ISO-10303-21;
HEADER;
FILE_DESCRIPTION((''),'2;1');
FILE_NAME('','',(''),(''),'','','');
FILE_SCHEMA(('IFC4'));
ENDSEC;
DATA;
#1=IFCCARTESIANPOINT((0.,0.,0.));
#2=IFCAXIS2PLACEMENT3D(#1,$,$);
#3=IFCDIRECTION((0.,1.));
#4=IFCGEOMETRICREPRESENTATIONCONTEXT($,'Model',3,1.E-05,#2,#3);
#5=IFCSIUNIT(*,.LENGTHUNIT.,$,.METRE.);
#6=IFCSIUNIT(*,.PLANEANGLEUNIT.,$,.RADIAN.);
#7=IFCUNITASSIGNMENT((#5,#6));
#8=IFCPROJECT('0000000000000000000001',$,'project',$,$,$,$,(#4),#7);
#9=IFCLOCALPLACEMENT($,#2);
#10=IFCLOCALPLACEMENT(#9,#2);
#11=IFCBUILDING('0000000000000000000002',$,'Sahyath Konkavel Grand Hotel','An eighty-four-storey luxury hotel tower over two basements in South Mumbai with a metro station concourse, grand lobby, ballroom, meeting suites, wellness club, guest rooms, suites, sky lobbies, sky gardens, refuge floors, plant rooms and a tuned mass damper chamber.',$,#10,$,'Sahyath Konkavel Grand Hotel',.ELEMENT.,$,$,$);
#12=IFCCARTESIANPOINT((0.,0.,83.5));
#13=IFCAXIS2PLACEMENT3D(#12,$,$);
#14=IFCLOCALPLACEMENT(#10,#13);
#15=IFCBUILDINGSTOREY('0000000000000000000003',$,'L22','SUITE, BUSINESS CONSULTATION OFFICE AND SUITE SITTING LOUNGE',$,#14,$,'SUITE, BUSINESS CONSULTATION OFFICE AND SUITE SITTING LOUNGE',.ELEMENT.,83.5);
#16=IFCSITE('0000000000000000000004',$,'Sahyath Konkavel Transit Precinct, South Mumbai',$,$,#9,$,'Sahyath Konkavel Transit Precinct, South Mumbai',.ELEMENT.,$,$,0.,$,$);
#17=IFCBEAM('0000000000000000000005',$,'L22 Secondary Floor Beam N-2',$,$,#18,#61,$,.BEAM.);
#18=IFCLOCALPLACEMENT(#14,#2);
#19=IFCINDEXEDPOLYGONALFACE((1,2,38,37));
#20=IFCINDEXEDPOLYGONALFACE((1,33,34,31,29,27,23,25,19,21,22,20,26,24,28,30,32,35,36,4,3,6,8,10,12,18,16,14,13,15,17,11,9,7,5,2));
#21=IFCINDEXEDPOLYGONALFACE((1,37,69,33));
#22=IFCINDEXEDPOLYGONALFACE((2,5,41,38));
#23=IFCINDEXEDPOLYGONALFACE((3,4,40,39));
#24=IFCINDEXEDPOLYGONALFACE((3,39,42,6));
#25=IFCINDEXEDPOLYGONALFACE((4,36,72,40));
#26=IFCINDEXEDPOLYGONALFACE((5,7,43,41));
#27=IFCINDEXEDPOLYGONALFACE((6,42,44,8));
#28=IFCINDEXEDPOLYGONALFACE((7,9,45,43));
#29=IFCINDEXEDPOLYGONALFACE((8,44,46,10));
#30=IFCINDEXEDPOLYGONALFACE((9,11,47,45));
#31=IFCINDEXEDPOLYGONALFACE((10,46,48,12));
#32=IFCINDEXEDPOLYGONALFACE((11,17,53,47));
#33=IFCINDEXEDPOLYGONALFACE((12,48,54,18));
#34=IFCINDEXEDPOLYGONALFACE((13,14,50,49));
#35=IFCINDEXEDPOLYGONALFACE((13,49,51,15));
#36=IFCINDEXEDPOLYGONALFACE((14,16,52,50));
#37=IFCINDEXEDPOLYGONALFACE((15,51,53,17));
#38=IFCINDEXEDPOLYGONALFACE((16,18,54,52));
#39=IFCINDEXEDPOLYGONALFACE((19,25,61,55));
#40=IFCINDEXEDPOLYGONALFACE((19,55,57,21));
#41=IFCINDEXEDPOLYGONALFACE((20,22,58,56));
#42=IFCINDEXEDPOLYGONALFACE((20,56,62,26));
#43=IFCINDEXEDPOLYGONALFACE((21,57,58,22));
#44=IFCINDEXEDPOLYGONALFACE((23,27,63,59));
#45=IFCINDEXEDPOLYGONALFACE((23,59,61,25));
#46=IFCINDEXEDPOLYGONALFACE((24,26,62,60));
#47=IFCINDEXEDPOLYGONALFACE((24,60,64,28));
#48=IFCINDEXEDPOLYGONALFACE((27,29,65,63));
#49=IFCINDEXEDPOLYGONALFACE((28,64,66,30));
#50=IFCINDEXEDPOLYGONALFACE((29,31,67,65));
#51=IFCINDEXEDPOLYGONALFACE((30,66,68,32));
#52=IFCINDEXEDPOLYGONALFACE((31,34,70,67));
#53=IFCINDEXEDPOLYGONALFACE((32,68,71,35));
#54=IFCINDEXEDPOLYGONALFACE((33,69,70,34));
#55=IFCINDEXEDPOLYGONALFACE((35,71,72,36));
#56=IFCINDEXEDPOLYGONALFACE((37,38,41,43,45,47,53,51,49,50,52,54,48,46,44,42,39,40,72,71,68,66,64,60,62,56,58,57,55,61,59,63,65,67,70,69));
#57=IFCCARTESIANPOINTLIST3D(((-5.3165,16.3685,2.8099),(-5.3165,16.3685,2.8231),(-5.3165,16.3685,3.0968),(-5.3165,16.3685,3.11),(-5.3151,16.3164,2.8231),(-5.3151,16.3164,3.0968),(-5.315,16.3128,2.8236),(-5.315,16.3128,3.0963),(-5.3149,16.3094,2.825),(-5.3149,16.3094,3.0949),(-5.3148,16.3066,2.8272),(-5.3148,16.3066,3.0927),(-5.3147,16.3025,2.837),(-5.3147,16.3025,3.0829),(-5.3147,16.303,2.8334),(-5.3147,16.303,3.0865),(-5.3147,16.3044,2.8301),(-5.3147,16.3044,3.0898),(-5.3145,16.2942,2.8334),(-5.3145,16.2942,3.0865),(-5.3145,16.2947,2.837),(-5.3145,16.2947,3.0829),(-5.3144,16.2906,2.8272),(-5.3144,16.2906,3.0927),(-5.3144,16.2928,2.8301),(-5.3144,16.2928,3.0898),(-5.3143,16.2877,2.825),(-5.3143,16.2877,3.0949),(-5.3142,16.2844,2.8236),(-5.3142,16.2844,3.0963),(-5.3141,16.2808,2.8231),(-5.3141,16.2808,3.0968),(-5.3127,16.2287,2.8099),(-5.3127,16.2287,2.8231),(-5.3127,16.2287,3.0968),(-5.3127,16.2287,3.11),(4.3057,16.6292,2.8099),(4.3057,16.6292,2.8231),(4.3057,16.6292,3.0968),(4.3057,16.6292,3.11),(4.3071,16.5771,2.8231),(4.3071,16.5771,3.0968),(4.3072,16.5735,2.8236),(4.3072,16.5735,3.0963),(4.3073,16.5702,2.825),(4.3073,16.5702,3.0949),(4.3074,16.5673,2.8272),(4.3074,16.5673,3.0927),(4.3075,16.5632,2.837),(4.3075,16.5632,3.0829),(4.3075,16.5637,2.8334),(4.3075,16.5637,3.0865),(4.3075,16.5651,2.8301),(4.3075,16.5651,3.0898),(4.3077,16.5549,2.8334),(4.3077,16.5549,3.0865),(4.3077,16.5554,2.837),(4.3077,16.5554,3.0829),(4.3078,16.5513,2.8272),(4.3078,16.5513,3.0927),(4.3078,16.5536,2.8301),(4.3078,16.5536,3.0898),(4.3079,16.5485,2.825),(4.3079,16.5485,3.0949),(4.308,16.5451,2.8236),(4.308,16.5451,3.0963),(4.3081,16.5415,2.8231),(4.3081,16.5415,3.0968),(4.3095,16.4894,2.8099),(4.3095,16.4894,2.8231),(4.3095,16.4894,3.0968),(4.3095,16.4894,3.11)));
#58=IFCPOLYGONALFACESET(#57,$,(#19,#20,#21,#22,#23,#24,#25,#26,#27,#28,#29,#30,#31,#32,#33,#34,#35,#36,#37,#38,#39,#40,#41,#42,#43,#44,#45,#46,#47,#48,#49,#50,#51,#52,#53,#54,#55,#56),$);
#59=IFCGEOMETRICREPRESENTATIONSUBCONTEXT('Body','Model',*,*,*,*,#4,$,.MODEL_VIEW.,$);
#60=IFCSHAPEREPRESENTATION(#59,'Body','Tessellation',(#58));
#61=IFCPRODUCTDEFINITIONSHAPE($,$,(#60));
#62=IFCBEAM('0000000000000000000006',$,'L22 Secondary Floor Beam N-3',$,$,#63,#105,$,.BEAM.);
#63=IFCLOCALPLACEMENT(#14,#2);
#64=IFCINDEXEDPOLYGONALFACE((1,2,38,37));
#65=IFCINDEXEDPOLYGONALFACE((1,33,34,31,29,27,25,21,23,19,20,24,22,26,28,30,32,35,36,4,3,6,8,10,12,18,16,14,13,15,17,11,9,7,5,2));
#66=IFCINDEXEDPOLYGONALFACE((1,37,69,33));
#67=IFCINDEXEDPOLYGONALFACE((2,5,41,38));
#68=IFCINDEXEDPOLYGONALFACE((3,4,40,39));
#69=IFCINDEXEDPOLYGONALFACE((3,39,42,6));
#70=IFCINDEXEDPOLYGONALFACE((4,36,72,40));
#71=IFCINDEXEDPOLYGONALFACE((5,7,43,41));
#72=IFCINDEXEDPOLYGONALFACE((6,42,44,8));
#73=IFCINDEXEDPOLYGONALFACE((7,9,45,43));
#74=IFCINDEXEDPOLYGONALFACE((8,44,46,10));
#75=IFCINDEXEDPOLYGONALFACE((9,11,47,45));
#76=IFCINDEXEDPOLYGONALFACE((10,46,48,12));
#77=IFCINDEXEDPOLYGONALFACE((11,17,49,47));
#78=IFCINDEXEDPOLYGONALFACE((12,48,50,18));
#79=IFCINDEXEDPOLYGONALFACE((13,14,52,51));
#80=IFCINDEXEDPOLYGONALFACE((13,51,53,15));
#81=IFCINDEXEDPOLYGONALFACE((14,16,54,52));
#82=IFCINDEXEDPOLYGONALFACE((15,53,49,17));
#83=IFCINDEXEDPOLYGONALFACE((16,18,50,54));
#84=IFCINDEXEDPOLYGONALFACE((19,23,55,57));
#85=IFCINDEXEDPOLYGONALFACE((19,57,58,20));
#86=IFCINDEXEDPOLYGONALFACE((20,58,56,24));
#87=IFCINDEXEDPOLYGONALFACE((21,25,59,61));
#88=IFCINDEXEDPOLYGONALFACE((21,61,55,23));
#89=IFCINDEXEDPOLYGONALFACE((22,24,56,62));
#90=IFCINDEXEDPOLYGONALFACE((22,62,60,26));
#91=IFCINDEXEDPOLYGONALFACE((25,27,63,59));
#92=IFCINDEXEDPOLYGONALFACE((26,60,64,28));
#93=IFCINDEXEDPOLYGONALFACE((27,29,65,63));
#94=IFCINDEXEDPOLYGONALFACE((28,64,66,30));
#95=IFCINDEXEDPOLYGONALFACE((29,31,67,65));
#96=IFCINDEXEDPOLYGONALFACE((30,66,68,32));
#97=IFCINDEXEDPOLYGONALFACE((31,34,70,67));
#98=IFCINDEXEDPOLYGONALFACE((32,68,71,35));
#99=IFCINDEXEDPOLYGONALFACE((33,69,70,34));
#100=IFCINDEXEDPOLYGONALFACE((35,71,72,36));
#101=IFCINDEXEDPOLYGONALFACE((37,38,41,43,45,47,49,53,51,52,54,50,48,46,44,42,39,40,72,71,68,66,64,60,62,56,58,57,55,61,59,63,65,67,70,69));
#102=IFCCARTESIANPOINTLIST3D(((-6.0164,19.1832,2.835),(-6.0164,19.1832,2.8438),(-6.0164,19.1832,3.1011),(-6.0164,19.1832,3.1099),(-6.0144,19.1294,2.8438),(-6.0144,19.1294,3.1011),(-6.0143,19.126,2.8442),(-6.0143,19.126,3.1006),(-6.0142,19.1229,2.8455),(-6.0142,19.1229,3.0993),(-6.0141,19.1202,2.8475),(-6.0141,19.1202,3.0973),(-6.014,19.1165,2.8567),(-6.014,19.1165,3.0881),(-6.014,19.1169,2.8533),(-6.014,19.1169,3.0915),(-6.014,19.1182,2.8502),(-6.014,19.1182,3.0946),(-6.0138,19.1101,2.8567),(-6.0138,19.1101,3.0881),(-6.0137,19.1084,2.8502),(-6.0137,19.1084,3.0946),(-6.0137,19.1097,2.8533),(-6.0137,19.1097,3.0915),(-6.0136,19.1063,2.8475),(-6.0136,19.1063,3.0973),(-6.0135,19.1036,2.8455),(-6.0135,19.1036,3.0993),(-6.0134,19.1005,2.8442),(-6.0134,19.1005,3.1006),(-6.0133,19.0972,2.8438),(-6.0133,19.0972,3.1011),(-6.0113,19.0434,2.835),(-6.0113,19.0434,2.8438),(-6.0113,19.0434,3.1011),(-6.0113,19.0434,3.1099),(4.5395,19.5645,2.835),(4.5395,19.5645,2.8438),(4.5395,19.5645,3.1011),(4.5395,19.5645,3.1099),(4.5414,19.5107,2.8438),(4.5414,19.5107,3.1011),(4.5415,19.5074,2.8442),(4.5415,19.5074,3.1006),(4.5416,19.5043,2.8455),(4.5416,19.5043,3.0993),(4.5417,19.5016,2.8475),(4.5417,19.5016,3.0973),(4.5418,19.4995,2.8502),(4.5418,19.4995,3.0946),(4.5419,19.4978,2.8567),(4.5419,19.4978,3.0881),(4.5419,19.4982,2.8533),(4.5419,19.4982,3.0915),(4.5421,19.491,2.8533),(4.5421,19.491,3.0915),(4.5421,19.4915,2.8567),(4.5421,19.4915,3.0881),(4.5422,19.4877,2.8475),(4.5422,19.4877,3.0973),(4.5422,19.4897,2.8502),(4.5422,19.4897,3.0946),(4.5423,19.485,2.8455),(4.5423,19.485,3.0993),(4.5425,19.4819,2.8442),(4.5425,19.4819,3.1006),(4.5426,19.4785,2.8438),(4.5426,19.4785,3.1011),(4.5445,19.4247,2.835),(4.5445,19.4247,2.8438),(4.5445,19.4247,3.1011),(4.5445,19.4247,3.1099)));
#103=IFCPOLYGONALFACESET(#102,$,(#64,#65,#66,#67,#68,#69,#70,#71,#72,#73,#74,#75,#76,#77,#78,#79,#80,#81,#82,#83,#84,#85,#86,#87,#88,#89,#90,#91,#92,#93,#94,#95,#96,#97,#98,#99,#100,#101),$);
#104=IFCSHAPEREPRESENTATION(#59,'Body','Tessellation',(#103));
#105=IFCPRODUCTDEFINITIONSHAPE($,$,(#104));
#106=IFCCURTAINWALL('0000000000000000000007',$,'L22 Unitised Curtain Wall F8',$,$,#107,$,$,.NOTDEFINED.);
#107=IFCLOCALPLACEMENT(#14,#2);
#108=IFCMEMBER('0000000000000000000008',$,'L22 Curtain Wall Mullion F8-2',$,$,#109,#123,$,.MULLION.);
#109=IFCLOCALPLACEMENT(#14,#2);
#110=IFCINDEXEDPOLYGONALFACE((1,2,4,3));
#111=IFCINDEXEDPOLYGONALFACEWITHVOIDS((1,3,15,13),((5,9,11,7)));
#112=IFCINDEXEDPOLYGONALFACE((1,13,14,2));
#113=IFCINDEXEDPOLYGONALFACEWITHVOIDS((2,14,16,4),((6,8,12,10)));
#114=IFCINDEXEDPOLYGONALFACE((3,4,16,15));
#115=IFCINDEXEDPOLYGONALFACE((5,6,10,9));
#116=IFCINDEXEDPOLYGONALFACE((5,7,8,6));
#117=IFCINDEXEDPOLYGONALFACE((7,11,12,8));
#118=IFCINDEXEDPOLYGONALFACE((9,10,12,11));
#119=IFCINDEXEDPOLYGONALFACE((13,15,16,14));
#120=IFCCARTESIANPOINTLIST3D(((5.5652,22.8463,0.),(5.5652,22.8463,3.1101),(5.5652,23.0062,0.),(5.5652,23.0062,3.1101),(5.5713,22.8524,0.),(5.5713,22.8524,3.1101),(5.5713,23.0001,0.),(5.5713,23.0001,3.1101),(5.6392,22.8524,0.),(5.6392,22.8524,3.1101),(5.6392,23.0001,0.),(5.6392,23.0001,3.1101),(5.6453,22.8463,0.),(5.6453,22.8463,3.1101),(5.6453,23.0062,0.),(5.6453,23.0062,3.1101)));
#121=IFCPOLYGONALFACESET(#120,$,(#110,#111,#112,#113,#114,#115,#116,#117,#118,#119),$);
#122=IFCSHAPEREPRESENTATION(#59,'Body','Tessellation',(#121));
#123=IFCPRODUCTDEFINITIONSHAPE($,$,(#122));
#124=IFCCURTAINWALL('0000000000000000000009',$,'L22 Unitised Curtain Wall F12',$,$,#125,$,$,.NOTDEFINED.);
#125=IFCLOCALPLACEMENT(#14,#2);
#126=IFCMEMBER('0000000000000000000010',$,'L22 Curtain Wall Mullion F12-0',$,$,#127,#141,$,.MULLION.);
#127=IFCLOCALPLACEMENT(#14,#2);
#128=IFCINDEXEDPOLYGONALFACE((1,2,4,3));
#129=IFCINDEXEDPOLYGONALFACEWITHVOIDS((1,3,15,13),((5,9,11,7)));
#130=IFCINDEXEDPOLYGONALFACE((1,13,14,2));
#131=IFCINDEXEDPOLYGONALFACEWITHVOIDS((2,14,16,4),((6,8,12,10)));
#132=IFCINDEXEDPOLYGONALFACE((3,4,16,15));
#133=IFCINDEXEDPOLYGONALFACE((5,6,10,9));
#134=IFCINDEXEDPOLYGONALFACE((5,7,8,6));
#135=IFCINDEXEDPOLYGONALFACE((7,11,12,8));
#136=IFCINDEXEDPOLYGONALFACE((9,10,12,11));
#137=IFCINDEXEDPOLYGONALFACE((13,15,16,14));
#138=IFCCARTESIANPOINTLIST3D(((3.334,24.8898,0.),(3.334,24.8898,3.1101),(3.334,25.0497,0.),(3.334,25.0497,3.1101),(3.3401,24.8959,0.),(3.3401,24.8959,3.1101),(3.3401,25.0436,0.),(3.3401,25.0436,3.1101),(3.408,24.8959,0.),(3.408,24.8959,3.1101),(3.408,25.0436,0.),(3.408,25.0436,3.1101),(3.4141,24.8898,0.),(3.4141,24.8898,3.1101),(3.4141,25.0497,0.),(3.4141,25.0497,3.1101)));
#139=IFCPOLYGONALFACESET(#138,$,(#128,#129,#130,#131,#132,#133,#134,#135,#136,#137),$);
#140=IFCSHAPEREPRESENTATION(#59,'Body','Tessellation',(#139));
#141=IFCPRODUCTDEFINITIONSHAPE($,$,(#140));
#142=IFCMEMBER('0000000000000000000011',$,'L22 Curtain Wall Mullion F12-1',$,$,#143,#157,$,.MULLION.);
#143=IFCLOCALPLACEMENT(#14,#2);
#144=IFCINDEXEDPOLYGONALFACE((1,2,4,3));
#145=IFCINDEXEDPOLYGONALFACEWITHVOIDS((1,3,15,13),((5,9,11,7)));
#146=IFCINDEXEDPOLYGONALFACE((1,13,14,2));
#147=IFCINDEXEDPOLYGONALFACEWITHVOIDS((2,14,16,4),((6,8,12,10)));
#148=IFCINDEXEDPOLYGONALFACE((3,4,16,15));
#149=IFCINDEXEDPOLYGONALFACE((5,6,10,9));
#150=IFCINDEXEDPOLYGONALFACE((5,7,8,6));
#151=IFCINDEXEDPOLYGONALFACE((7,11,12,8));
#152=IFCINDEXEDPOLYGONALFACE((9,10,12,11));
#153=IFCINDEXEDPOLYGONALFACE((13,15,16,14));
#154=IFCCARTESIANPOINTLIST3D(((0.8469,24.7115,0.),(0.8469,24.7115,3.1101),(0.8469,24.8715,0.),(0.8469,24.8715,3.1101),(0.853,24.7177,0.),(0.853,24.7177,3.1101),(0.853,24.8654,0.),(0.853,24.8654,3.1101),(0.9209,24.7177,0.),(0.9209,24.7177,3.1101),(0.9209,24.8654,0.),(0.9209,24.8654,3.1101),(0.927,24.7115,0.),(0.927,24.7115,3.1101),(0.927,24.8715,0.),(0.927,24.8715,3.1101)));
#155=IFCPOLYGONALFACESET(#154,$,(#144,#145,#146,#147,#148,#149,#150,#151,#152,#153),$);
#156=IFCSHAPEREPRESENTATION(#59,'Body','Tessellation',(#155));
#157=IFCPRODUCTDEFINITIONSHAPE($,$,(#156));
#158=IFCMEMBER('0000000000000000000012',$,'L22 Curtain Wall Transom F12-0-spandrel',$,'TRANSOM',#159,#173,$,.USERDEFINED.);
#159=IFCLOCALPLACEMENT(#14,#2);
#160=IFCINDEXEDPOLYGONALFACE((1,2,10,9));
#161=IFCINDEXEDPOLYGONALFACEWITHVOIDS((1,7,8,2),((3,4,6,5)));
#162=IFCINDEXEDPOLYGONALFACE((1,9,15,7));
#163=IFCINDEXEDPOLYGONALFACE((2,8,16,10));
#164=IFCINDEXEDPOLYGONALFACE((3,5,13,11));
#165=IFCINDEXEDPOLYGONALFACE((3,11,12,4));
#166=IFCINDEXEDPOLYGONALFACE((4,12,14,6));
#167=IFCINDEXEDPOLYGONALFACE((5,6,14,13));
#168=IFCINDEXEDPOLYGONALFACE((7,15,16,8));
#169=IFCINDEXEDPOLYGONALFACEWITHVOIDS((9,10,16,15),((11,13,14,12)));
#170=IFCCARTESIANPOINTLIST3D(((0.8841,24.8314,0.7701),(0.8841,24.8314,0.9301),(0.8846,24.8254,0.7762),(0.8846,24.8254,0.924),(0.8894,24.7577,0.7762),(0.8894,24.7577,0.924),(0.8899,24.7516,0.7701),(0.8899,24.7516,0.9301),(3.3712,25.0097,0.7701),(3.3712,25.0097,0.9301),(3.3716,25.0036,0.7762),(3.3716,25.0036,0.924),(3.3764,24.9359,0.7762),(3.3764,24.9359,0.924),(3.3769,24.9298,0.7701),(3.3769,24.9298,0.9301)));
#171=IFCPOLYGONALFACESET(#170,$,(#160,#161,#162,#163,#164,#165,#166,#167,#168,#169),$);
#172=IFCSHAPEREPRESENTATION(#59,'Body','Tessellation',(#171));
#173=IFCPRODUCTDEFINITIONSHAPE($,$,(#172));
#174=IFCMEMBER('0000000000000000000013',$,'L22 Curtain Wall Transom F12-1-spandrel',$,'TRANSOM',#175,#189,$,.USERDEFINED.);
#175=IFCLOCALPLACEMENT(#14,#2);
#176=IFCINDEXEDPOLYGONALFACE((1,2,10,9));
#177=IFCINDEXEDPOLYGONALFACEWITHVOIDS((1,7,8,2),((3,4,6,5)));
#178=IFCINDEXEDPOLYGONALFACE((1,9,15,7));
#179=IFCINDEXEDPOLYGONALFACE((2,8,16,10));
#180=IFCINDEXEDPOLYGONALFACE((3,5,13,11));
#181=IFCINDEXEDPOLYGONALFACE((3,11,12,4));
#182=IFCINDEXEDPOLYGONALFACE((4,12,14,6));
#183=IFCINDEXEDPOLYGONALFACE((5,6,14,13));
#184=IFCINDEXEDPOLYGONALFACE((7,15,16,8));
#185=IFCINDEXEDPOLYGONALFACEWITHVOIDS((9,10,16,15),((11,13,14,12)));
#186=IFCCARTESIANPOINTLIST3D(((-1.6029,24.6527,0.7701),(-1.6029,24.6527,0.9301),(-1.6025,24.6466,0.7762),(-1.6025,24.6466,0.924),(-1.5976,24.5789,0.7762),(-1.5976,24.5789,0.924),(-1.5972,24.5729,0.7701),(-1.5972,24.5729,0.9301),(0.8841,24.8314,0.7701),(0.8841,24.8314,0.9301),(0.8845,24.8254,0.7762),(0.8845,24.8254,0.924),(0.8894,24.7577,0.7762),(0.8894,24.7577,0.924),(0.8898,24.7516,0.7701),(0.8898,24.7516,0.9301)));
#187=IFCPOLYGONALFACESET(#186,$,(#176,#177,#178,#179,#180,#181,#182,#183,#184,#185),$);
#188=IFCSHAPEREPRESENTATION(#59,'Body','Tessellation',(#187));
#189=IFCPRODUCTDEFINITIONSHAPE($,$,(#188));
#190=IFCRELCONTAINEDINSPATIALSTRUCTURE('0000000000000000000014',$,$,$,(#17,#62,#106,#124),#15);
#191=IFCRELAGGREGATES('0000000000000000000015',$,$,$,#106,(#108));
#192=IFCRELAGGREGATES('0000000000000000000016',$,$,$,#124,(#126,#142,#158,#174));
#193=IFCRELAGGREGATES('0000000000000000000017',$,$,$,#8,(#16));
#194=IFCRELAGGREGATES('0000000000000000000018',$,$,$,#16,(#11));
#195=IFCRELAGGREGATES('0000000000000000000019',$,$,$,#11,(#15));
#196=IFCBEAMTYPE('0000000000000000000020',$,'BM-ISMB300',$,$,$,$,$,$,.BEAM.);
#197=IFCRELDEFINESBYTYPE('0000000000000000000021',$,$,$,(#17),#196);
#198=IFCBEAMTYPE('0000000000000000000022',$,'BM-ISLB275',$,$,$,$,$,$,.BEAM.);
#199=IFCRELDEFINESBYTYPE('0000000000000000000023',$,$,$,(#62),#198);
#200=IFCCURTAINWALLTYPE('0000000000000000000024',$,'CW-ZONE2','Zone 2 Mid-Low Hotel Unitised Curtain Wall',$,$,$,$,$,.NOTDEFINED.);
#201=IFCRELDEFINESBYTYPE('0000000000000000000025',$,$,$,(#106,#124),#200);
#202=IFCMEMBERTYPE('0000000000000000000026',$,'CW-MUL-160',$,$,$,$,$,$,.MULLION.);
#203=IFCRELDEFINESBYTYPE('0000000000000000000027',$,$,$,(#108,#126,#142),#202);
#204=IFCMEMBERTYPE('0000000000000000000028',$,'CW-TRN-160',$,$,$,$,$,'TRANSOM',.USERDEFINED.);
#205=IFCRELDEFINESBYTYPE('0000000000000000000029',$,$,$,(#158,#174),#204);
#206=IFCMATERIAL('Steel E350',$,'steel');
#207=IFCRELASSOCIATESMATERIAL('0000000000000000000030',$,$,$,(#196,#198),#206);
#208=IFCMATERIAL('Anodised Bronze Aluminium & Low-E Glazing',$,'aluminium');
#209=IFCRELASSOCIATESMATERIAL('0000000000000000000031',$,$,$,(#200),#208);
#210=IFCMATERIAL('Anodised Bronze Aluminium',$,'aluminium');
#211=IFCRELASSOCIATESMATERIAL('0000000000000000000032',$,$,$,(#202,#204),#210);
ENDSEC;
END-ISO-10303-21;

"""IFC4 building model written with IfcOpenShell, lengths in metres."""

from ifc_helpers import new_model, si_unit, direction, frame, origin, origin_2d, place, context, subcontext, project, spatial, hollow_rectangle, i_section, extrude, source, transform, mapped, material, material_profile, profile_set, type_object, element, aggregate, save


model = new_model("IFC4")

# Units and contexts
model_context = context("Model", 3, precision=1e-05, world=origin(), true_north=direction((0.0, 1.0)))
body_context = subcontext(model_context, "Body", "Model", "MODEL_VIEW")
ifc_project = project(units=[si_unit("LENGTHUNIT", "METRE"), si_unit("PLANEANGLEUNIT", "RADIAN")], contexts=[model_context])

# Site, building, storey
site_placement = place(None, origin())
site = spatial("IfcSite", under=ifc_project, at=site_placement, Name="Sahyath Konkavel Transit Precinct, South Mumbai", LongName="Sahyath Konkavel Transit Precinct, South Mumbai", CompositionType="ELEMENT", RefElevation=0.0)
building_placement = place(site_placement, origin())
building = spatial("IfcBuilding", under=site, at=building_placement, Name="Sahyath Konkavel Grand Hotel", Description="An eighty-four-storey luxury hotel tower over two basements in South Mumbai with a metro station concourse, grand lobby, ballroom, meeting suites, wellness club, guest rooms, suites, sky lobbies, sky gardens, refuge floors, plant rooms and a tuned mass damper chamber.", LongName="Sahyath Konkavel Grand Hotel", CompositionType="ELEMENT")
storey_placement = place(building_placement, frame((0.0, 0.0, 83.5)))
storey = spatial("IfcBuildingStorey", under=building, at=storey_placement, Name="L22", Description="SUITE, BUSINESS CONSULTATION OFFICE AND SUITE SITTING LOUNGE", LongName="SUITE, BUSINESS CONSULTATION OFFICE AND SUITE SITTING LOUNGE", CompositionType="ELEMENT", Elevation=83.5)

# Beams
ifc_material_1 = material(Name="Steel E350", Category="steel")
ifc_material_profile_1 = material_profile(ifc_material_1, i_section(OverallWidth=0.1399, OverallDepth=0.3, WebThickness=0.0078, FlangeThickness=0.0132, FilletRadius=0.0139, at=origin_2d()), Name="ISMB 300")
ifc_profile_set_1 = profile_set([ifc_material_profile_1], Name="Steel E350")
beam_type_1 = type_object("IfcBeamType", Name="BM-ISMB300", PredefinedType="BEAM", material=ifc_profile_set_1)
shared_shape_1 = source(origin(), body_context, "Body", "SweptSolid", [
    extrude(i_section(OverallWidth=0.1399, OverallDepth=0.3, WebThickness=0.0078, FlangeThickness=0.0132, FilletRadius=0.0139, at=origin_2d()), origin(), (0.0, 0.0, 1.0), 9.6257),
])
beam_1_placement = place(storey_placement, frame((4.3076, 16.5593, 2.96), z_axis=(-0.999633, -0.027088, 0.0), x_axis=(0.027088, -0.999633, 0.0)))
element("IfcBeam", 1, at=beam_1_placement, inside=storey, type_object=beam_type_1, Name="L22 Secondary Floor Beam N-2", PredefinedType="BEAM", context=body_context, shape_type="MappedRepresentation", body=[
    mapped(shared_shape_1, transform((0.0, 0.0, 0.0), scale=1.0)),
])
ifc_material_profile_2 = material_profile(ifc_material_1, i_section(OverallWidth=0.1399, OverallDepth=0.2749, WebThickness=0.0063, FlangeThickness=0.0088, FilletRadius=0.0129, at=origin_2d()), Name="ISLB 275")
ifc_profile_set_2 = profile_set([ifc_material_profile_2], Name="Steel E350")
beam_type_2 = type_object("IfcBeamType", Name="BM-ISLB275", PredefinedType="BEAM", material=ifc_profile_set_2)
shared_shape_2 = source(origin(), body_context, "Body", "SweptSolid", [
    extrude(i_section(OverallWidth=0.1399, OverallDepth=0.2749, WebThickness=0.0063, FlangeThickness=0.0088, FilletRadius=0.0129, at=origin_2d()), origin(), (0.0, 0.0, 1.0), 10.5627),
])
beam_2_placement = place(storey_placement, frame((4.542, 19.4946, 2.9724), z_axis=(-0.999348, -0.036103, 0.0), x_axis=(0.036103, -0.999348, 0.0)))
element("IfcBeam", 2, at=beam_2_placement, inside=storey, type_object=beam_type_2, Name="L22 Secondary Floor Beam N-3", PredefinedType="BEAM", context=body_context, shape_type="MappedRepresentation", body=[
    mapped(shared_shape_2, transform((0.0, 0.0, 0.0), scale=1.0)),
])

# Curtain wall, member
ifc_material_2 = material(Name="Anodised Bronze Aluminium & Low-E Glazing", Category="aluminium")
curtain_wall_type = type_object("IfcCurtainWallType", Name="CW-ZONE2", Description="Zone 2 Mid-Low Hotel Unitised Curtain Wall", PredefinedType="NOTDEFINED", material=ifc_material_2)
curtain_wall_1_placement = place(storey_placement, origin())
curtain_wall_1 = element("IfcCurtainWall", 3, at=curtain_wall_1_placement, inside=storey, type_object=curtain_wall_type, Name="L22 Unitised Curtain Wall F8", PredefinedType="NOTDEFINED")
ifc_material_3 = material(Name="Anodised Bronze Aluminium", Category="aluminium")
ifc_material_profile_3 = material_profile(ifc_material_3, hollow_rectangle(XDim=0.0801, YDim=0.1599, WallThickness=0.0061, at=origin_2d()), Name="RHS 160x80x6")
ifc_profile_set_3 = profile_set([ifc_material_profile_3], Name="Anodised Bronze Aluminium")
member_type_1 = type_object("IfcMemberType", Name="CW-MUL-160", PredefinedType="MULLION", material=ifc_profile_set_3)
shared_shape_3 = source(origin(), body_context, "Body", "SweptSolid", [
    extrude(hollow_rectangle(XDim=0.0801, YDim=0.1599, WallThickness=0.0061, at=origin_2d()), origin(), (0.0, 0.0, 1.0), 3.1101),
])
member_1_placement = place(storey_placement, frame((5.6052, 22.9263, 0.0), z_axis=(0.0, 0.0, 1.0), x_axis=(1.0, 0.0, 0.0)))
member_1 = element("IfcMember", 4, at=member_1_placement, type_object=member_type_1, Name="L22 Curtain Wall Mullion F8-2", PredefinedType="MULLION", context=body_context, shape_type="MappedRepresentation", body=[
    mapped(shared_shape_3, transform((0.0, 0.0, 0.0), scale=1.0)),
])

# Curtain wall, members
curtain_wall_2_placement = place(storey_placement, origin())
curtain_wall_2 = element("IfcCurtainWall", 5, at=curtain_wall_2_placement, inside=storey, type_object=curtain_wall_type, Name="L22 Unitised Curtain Wall F12", PredefinedType="NOTDEFINED")
member_2_placement = place(storey_placement, frame((3.374, 24.9697, 0.0), z_axis=(0.0, 0.0, 1.0), x_axis=(1.0, 0.0, 0.0)))
member_2 = element("IfcMember", 6, at=member_2_placement, type_object=member_type_1, Name="L22 Curtain Wall Mullion F12-0", PredefinedType="MULLION", context=body_context, shape_type="MappedRepresentation", body=[
    mapped(shared_shape_3, transform((0.0, 0.0, 0.0), scale=1.0)),
])
member_3_placement = place(storey_placement, frame((0.887, 24.7915, 0.0), z_axis=(0.0, 0.0, 1.0), x_axis=(1.0, 0.0, 0.0)))
member_3 = element("IfcMember", 7, at=member_3_placement, type_object=member_type_1, Name="L22 Curtain Wall Mullion F12-1", PredefinedType="MULLION", context=body_context, shape_type="MappedRepresentation", body=[
    mapped(shared_shape_3, transform((0.0, 0.0, 0.0), scale=1.0)),
])
ifc_material_profile_4 = material_profile(ifc_material_3, hollow_rectangle(XDim=0.0801, YDim=0.1599, WallThickness=0.0061, at=origin_2d()), Name="RHS 160x80x6")
ifc_profile_set_4 = profile_set([ifc_material_profile_4], Name="Anodised Bronze Aluminium")
member_type_2 = type_object("IfcMemberType", Name="CW-TRN-160", ElementType="TRANSOM", PredefinedType="USERDEFINED", material=ifc_profile_set_4)
shared_shape_4 = source(origin(), body_context, "Body", "SweptSolid", [
    extrude(hollow_rectangle(XDim=0.0801, YDim=0.1599, WallThickness=0.0061, at=origin_2d()), origin(), (0.0, 0.0, 1.0), 2.4934),
])
member_4_placement = place(storey_placement, frame((3.374, 24.9697, 0.8501), z_axis=(-0.997442, -0.071477, 0.0), x_axis=(0.071477, -0.997442, 0.0)))
member_4 = element("IfcMember", 8, at=member_4_placement, type_object=member_type_2, Name="L22 Curtain Wall Transom F12-0-spandrel", ObjectType="TRANSOM", PredefinedType="USERDEFINED", context=body_context, shape_type="MappedRepresentation", body=[
    mapped(shared_shape_4, transform((0.0, 0.0, 0.0), scale=1.0)),
])
member_5_placement = place(storey_placement, frame((0.887, 24.7915, 0.8501), z_axis=(-0.997428, -0.071671, 0.0), x_axis=(0.071671, -0.997428, 0.0)))
member_5 = element("IfcMember", 9, at=member_5_placement, type_object=member_type_2, Name="L22 Curtain Wall Transom F12-1-spandrel", ObjectType="TRANSOM", PredefinedType="USERDEFINED", context=body_context, shape_type="MappedRepresentation", body=[
    mapped(shared_shape_4, transform((0.0, 0.0, 0.0), scale=1.0)),
])

aggregate(curtain_wall_1, [member_1])
aggregate(curtain_wall_2, [member_2, member_3, member_4, member_5])

save(model, "model.ifc")
